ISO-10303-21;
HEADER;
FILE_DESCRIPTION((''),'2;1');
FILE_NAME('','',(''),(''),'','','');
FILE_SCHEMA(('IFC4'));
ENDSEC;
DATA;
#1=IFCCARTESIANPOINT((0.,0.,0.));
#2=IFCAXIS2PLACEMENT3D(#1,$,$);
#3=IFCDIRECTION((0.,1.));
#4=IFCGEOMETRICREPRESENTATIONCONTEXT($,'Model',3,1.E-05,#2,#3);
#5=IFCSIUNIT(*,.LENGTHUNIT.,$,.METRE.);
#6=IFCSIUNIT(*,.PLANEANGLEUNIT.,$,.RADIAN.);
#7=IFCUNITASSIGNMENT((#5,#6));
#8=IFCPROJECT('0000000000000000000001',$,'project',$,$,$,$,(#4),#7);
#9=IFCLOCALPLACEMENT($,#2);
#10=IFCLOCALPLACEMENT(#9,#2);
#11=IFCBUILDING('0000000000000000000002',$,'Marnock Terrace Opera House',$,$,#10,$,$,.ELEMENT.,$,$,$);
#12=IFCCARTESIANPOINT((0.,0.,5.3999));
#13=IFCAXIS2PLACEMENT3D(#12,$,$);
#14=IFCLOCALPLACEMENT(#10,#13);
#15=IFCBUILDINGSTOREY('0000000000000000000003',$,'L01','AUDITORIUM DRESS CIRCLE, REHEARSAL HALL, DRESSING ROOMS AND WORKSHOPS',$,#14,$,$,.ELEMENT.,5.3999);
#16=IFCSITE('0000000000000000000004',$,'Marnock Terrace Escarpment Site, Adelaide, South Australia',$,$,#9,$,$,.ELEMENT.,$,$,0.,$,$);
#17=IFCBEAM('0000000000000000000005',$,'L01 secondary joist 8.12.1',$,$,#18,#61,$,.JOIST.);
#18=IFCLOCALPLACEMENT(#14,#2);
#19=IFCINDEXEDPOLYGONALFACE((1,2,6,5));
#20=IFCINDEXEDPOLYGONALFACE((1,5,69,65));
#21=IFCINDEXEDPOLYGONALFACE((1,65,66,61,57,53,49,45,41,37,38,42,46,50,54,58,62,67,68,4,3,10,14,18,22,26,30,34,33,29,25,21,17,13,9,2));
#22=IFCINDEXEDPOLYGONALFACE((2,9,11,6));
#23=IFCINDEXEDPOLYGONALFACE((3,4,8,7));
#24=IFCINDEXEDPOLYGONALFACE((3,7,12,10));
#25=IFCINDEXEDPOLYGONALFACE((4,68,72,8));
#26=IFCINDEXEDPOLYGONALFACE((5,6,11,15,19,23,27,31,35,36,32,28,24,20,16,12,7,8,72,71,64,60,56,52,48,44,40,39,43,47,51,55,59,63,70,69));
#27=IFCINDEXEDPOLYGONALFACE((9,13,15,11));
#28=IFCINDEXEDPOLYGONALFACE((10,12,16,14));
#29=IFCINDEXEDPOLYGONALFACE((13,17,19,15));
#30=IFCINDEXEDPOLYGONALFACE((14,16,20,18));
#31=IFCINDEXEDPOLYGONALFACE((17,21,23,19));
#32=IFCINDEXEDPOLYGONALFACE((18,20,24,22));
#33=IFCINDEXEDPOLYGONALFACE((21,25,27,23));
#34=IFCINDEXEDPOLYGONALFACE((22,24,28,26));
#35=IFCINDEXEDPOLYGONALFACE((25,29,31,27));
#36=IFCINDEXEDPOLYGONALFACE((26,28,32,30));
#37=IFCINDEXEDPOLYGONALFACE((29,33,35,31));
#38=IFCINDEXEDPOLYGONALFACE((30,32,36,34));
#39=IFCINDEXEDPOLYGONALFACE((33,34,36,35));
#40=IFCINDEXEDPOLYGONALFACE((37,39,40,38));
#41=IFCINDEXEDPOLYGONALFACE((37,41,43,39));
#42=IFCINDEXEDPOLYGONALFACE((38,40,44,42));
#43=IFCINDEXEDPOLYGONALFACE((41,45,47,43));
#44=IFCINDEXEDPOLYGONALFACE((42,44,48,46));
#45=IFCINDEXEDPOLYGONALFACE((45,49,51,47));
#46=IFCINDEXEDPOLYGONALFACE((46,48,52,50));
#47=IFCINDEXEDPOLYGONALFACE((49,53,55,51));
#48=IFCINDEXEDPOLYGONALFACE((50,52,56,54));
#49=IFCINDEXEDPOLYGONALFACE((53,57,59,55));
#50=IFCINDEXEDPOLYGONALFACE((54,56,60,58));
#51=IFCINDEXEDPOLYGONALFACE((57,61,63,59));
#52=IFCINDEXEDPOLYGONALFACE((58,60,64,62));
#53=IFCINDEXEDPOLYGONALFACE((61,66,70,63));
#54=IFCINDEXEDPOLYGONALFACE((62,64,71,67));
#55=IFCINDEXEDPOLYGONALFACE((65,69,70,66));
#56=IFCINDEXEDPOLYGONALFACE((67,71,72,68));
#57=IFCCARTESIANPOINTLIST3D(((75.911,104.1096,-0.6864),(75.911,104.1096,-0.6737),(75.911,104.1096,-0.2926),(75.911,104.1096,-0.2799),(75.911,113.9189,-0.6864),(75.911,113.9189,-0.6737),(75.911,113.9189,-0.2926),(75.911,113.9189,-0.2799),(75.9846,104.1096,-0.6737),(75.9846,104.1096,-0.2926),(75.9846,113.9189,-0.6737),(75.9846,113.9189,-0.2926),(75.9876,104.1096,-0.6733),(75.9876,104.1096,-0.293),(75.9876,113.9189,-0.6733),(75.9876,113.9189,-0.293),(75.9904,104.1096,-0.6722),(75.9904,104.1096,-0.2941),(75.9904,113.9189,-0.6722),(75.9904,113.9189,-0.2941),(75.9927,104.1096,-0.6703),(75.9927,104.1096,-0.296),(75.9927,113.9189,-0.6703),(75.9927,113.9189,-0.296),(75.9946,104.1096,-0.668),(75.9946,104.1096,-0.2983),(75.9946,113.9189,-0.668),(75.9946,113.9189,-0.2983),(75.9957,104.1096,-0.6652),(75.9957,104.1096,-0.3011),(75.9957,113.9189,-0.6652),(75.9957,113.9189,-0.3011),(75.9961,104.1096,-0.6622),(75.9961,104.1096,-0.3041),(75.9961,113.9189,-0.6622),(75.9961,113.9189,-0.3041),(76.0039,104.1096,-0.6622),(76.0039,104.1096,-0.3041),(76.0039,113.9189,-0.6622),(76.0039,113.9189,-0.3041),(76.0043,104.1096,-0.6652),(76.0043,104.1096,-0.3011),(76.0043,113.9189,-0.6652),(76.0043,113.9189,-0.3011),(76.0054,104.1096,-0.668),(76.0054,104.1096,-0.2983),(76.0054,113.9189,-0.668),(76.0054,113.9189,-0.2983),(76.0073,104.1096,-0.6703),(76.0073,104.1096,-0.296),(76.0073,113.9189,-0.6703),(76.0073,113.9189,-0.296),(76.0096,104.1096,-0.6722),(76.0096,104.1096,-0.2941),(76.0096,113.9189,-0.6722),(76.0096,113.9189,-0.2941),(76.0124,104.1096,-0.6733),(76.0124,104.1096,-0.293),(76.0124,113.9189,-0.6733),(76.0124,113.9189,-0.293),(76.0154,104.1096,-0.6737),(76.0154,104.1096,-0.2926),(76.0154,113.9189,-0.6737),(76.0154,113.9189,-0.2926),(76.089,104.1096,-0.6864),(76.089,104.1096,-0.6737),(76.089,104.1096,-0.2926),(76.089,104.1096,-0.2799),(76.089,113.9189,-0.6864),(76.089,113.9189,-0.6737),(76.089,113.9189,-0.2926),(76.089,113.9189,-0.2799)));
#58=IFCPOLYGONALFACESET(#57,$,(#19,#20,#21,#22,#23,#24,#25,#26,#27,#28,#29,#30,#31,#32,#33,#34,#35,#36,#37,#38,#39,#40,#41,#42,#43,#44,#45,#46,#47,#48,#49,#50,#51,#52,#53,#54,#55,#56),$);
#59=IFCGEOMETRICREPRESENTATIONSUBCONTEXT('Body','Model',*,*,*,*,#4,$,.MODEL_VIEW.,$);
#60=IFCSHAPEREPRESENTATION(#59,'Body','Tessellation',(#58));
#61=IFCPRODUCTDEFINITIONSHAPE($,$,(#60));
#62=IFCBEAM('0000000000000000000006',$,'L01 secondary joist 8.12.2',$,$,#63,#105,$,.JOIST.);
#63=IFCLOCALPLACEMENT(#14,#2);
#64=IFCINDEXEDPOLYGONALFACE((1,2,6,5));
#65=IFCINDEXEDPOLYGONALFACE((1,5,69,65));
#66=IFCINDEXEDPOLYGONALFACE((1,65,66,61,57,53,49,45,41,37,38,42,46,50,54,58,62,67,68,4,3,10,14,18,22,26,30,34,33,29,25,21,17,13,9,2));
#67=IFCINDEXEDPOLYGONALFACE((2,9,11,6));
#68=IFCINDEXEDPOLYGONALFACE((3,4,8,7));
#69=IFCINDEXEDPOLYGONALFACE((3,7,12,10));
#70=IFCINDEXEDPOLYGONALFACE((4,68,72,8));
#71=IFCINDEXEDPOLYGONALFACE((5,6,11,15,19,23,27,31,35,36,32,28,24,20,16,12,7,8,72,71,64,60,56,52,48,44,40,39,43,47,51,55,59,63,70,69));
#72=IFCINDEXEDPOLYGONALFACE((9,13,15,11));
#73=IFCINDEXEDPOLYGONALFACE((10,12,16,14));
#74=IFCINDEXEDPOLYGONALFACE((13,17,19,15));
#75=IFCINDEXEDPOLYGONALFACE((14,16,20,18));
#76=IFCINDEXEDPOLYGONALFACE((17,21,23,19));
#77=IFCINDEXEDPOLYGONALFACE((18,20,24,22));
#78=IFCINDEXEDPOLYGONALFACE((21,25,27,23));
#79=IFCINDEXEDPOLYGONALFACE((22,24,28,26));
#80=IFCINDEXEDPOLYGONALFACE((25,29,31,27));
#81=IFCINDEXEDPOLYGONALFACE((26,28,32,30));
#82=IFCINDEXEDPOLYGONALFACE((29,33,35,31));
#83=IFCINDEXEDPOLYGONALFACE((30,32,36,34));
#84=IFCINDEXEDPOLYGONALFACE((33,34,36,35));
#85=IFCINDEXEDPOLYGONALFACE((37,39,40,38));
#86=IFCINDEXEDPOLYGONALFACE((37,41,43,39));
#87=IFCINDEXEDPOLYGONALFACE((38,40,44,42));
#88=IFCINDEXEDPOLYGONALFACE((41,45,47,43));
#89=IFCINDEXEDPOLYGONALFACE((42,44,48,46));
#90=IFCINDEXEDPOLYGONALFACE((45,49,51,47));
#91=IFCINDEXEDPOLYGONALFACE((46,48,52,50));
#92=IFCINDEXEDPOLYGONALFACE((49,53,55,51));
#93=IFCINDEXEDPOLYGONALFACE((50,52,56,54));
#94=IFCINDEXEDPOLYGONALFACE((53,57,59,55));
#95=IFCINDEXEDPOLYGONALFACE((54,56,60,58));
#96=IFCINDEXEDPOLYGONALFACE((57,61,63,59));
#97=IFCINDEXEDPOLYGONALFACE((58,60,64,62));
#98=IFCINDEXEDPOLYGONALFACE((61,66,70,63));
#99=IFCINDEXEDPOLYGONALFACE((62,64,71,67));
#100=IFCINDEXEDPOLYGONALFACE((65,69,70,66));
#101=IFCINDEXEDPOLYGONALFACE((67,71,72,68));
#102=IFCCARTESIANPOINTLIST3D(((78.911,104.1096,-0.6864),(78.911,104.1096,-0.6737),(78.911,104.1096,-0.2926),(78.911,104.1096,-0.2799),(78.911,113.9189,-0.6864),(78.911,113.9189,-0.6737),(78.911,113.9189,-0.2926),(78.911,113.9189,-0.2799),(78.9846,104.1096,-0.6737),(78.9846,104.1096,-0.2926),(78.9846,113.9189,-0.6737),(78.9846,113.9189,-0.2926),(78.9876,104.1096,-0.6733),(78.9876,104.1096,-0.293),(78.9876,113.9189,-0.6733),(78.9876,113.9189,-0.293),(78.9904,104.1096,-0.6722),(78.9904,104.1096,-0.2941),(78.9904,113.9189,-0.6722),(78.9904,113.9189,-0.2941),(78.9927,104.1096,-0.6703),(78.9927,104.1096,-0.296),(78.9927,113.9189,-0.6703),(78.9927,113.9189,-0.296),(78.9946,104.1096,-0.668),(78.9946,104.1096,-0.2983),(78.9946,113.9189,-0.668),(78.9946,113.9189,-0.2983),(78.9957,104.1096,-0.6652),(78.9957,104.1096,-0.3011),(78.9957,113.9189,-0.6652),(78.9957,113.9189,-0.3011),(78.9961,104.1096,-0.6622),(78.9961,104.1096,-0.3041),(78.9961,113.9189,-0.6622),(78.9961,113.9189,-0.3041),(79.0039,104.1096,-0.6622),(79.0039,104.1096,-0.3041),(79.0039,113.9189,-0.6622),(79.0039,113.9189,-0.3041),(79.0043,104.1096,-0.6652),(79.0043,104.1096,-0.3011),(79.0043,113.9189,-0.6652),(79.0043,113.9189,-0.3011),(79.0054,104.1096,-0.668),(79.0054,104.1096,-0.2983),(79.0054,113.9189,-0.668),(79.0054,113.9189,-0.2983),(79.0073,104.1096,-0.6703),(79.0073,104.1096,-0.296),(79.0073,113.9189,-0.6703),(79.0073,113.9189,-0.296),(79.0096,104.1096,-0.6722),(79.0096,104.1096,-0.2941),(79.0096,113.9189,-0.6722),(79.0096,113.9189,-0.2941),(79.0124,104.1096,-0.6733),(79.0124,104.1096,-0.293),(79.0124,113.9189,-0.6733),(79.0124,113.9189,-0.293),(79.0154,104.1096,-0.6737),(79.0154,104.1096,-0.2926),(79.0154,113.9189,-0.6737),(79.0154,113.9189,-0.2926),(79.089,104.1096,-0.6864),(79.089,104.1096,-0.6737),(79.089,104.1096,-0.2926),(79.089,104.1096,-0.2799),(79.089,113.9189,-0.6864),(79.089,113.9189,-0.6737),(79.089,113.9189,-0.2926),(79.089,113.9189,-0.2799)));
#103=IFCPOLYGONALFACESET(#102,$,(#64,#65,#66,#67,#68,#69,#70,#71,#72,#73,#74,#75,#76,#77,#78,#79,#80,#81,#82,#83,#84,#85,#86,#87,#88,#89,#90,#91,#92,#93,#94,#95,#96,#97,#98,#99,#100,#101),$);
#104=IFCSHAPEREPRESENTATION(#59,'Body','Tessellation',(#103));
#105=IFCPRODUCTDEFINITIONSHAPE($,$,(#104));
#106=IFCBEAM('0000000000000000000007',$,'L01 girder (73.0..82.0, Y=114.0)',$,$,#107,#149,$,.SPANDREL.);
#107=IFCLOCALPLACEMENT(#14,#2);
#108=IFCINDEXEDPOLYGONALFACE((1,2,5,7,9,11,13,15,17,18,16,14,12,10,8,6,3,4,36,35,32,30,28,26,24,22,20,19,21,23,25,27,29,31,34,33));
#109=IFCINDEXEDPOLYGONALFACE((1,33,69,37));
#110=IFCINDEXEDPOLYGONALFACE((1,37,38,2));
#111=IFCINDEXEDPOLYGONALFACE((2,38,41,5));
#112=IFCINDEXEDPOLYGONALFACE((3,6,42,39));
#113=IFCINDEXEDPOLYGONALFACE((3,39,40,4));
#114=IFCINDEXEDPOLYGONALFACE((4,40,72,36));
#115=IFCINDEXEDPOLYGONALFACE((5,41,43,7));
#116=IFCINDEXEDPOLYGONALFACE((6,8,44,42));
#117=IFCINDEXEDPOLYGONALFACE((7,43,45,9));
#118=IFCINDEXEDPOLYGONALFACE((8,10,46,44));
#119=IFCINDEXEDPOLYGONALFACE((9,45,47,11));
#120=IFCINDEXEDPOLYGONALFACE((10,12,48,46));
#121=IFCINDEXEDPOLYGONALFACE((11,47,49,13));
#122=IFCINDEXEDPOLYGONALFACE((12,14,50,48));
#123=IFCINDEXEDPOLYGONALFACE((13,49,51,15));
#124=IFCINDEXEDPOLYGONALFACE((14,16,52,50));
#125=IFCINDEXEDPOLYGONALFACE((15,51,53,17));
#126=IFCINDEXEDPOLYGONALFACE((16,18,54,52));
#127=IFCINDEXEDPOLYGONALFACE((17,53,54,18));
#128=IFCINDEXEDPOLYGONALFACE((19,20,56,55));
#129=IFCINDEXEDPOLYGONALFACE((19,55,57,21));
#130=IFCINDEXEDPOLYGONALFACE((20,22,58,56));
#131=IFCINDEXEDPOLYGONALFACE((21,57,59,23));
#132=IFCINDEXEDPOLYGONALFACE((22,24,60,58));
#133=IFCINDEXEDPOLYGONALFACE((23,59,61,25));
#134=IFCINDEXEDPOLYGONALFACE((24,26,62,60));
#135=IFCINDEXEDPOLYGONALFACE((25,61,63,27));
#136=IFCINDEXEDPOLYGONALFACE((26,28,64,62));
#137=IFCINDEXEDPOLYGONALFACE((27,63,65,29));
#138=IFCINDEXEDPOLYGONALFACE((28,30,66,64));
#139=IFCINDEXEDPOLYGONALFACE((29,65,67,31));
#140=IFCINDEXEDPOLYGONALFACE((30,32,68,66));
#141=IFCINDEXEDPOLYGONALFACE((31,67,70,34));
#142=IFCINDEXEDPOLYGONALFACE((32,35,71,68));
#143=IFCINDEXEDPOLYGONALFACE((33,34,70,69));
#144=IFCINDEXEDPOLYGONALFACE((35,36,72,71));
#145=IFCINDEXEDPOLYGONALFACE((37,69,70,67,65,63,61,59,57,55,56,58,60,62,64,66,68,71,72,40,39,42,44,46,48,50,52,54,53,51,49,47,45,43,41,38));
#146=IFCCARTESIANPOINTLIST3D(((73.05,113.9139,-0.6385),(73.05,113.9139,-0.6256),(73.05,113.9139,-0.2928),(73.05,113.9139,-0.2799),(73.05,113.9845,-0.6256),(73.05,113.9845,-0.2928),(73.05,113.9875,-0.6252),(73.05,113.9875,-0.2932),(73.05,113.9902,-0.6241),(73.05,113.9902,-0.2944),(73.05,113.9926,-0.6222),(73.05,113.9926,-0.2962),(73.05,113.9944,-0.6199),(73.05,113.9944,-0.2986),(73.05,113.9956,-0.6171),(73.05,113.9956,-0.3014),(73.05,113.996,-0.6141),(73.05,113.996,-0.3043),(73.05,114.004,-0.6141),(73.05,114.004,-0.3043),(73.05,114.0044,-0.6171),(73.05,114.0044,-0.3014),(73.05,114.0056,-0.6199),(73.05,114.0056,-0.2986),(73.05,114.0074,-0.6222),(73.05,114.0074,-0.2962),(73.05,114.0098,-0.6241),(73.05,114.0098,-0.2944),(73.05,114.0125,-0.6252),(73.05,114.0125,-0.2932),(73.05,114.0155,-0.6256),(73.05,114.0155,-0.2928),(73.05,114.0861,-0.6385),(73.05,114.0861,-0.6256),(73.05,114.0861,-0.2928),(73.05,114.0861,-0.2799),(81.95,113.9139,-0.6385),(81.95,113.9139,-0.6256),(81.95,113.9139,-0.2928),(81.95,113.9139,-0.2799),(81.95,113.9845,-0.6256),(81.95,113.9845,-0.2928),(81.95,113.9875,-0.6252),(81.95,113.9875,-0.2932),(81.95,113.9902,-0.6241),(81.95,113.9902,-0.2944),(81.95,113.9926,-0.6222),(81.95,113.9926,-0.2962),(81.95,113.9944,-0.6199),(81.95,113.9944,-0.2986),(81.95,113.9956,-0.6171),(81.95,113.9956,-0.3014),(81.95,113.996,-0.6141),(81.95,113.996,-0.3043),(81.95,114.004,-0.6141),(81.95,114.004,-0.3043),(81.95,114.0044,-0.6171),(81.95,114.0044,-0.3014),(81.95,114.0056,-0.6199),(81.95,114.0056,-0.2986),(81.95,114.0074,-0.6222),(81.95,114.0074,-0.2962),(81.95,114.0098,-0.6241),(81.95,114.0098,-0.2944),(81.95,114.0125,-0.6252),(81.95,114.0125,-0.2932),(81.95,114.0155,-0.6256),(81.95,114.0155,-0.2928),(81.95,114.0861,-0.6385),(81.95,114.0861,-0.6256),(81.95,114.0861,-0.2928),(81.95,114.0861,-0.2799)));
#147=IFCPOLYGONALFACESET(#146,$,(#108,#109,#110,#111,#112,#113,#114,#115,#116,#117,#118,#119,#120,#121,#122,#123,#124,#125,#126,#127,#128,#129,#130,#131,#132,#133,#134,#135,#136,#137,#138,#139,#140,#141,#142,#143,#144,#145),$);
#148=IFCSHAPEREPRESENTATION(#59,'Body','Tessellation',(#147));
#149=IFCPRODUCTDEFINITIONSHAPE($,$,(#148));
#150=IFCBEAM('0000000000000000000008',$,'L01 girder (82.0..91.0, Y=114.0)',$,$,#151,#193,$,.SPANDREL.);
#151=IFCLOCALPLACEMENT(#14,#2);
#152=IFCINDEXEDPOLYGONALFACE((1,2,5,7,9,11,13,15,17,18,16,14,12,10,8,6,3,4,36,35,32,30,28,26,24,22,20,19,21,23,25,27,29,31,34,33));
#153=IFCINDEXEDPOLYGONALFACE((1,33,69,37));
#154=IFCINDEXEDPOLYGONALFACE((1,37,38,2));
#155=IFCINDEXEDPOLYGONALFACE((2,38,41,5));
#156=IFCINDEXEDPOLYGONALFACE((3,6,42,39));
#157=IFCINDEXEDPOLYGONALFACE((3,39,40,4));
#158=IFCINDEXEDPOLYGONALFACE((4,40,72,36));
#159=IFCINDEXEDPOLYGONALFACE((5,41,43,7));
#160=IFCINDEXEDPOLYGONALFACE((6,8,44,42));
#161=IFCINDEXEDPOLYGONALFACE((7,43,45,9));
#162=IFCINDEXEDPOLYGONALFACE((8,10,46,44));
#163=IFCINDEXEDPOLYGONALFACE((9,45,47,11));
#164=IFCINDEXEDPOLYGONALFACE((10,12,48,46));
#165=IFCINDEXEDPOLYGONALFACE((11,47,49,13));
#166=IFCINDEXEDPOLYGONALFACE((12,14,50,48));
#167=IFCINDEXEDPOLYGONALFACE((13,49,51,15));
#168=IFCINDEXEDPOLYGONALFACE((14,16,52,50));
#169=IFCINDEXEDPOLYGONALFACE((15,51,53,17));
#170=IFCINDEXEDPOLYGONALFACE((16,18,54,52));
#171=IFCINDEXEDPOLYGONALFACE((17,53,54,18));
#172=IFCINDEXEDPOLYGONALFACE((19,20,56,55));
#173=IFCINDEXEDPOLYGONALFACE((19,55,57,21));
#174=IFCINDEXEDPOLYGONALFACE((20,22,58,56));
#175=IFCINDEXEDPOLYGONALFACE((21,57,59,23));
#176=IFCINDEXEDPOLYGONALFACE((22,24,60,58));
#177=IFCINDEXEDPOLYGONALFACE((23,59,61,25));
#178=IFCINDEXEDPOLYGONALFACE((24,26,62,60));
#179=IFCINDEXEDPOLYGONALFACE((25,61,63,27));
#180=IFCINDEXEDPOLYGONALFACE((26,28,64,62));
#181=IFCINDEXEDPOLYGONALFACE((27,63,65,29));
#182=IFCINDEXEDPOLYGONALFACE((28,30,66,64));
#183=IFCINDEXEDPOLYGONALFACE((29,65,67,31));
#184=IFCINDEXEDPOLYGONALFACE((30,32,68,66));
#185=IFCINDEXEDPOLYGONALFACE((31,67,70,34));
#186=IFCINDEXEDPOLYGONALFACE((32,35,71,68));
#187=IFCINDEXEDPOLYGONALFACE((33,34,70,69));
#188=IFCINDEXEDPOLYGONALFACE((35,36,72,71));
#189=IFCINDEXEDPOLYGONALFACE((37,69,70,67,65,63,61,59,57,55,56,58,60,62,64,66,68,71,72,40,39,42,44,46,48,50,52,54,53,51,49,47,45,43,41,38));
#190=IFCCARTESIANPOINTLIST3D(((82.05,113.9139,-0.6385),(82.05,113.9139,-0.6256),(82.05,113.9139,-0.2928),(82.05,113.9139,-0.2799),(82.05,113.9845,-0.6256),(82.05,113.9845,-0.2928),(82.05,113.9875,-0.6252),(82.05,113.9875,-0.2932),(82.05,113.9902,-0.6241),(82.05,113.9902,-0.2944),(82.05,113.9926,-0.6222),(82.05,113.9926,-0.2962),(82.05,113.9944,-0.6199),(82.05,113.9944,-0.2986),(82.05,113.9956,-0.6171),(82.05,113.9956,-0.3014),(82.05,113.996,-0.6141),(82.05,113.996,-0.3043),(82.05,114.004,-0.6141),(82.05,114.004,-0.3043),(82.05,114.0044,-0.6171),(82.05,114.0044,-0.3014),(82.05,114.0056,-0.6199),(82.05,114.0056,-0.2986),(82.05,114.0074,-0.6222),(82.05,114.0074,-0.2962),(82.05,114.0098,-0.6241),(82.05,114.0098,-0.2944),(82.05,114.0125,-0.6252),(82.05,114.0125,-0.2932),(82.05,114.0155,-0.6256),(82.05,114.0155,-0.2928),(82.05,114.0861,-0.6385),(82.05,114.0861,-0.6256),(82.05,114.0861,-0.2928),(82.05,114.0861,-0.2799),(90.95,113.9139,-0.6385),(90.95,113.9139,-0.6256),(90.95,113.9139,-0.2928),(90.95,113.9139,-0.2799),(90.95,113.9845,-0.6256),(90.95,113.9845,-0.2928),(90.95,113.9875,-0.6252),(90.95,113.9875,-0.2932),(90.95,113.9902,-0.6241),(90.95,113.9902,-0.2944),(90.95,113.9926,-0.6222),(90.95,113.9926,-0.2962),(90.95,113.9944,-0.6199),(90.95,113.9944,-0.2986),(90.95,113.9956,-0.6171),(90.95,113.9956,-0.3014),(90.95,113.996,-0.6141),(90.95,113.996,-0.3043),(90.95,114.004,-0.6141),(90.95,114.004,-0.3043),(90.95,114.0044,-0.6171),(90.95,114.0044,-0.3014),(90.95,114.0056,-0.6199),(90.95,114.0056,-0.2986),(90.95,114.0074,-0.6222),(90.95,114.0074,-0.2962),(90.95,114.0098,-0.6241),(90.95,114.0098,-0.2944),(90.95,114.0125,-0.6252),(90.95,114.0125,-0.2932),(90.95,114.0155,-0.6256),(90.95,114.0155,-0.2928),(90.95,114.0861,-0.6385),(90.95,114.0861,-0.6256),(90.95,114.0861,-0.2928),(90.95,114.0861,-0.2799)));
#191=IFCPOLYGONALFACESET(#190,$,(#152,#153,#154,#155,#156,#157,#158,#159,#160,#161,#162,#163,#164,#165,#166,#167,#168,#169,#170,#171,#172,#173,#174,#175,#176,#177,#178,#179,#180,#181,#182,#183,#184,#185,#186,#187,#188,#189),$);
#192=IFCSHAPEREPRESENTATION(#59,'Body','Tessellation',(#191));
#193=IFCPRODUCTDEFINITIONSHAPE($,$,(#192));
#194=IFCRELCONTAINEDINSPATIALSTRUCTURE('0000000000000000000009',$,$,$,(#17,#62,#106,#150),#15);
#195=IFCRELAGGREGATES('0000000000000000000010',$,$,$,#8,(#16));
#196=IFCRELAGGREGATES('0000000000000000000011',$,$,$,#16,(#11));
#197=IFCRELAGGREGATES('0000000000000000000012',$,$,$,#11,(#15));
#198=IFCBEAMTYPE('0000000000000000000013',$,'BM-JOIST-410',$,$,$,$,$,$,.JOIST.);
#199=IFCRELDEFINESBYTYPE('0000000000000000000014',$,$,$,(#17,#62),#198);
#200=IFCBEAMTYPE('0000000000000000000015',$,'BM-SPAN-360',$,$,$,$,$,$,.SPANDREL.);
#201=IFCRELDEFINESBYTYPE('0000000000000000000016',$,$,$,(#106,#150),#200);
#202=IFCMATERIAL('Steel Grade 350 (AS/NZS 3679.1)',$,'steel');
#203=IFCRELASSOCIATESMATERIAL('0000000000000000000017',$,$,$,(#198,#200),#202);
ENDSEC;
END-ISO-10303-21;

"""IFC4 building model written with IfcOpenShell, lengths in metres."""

from ifc_helpers import new_model, si_unit, direction, frame, origin, origin_2d, place, context, subcontext, project, spatial, i_section, extrude, material, material_profile, profile_set, type_object, element, save


model = new_model("IFC4")

# Units and contexts
model_context = context("Model", 3, precision=1e-05, world=origin(), true_north=direction((0.0, 1.0)))
body_context = subcontext(model_context, "Body", "Model", "MODEL_VIEW")
ifc_project = project(units=[si_unit("LENGTHUNIT", "METRE"), si_unit("PLANEANGLEUNIT", "RADIAN")], contexts=[model_context])

# Site, building, storey
site_placement = place(None, origin())
site = spatial("IfcSite", under=ifc_project, at=site_placement, Name="Marnock Terrace Escarpment Site, Adelaide, South Australia", CompositionType="ELEMENT", RefElevation=0.0)
building_placement = place(site_placement, origin())
building = spatial("IfcBuilding", under=site, at=building_placement, Name="Marnock Terrace Opera House", CompositionType="ELEMENT")
storey_placement = place(building_placement, frame((0.0, 0.0, 5.3999)))
storey = spatial("IfcBuildingStorey", under=building, at=storey_placement, Name="L01", Description="AUDITORIUM DRESS CIRCLE, REHEARSAL HALL, DRESSING ROOMS AND WORKSHOPS", CompositionType="ELEMENT", Elevation=5.3999)

# Beams
ifc_material_1 = material(Name="Steel Grade 350 (AS/NZS 3679.1)", Category="steel")
ifc_material_profile_1 = material_profile(ifc_material_1, i_section(OverallWidth=0.178, OverallDepth=0.4065, WebThickness=0.0078, FlangeThickness=0.0127, FilletRadius=0.0115, at=origin_2d()))
ifc_profile_set_1 = profile_set([ifc_material_profile_1], Name="Steel Grade 350 (AS/NZS 3679.1)")
beam_type_1 = type_object("IfcBeamType", Name="BM-JOIST-410", PredefinedType="JOIST", material=ifc_profile_set_1)
for number, where, z_axis, x_axis, name in (
    (1, (76.0, 104.1096, -0.4832), (0.0, 1.0, 0.0), (-1.0, 0.0, 0.0), "L01 secondary joist 8.12.1"),
    (2, (79.0, 104.1096, -0.4832), (0.0, 1.0, 0.0), (-1.0, 0.0, 0.0), "L01 secondary joist 8.12.2"),
):
    element("IfcBeam", number, at=place(storey_placement, frame(where, z_axis=z_axis, x_axis=x_axis)), inside=storey, type_object=beam_type_1, Name=name, PredefinedType="JOIST", context=body_context, shape_type="SweptSolid", body=[
        extrude(i_section(OverallWidth=0.178, OverallDepth=0.4065, WebThickness=0.0078, FlangeThickness=0.0127, FilletRadius=0.0115, at=origin_2d()), origin(), (0.0, 0.0, 1.0), 9.8093),
    ])
ifc_material_profile_2 = material_profile(ifc_material_1, i_section(OverallWidth=0.1721, OverallDepth=0.3586, WebThickness=0.0081, FlangeThickness=0.0129, FilletRadius=0.0115, at=origin_2d()))
ifc_profile_set_2 = profile_set([ifc_material_profile_2], Name="Steel Grade 350 (AS/NZS 3679.1)")
beam_type_2 = type_object("IfcBeamType", Name="BM-SPAN-360", PredefinedType="SPANDREL", material=ifc_profile_set_2)
for number, where, z_axis, x_axis, name in (
    (3, (73.05, 114.0, -0.4592), (1.0, 0.0, 0.0), (0.0, 1.0, 0.0), "L01 girder (73.0..82.0, Y=114.0)"),
    (4, (82.05, 114.0, -0.4592), (1.0, 0.0, 0.0), (0.0, 1.0, 0.0), "L01 girder (82.0..91.0, Y=114.0)"),
):
    element("IfcBeam", number, at=place(storey_placement, frame(where, z_axis=z_axis, x_axis=x_axis)), inside=storey, type_object=beam_type_2, Name=name, PredefinedType="SPANDREL", context=body_context, shape_type="SweptSolid", body=[
        extrude(i_section(OverallWidth=0.1721, OverallDepth=0.3586, WebThickness=0.0081, FlangeThickness=0.0129, FilletRadius=0.0115, at=origin_2d()), origin(), (0.0, 0.0, 1.0), 8.8999),
    ])

save(model, "model.ifc")
